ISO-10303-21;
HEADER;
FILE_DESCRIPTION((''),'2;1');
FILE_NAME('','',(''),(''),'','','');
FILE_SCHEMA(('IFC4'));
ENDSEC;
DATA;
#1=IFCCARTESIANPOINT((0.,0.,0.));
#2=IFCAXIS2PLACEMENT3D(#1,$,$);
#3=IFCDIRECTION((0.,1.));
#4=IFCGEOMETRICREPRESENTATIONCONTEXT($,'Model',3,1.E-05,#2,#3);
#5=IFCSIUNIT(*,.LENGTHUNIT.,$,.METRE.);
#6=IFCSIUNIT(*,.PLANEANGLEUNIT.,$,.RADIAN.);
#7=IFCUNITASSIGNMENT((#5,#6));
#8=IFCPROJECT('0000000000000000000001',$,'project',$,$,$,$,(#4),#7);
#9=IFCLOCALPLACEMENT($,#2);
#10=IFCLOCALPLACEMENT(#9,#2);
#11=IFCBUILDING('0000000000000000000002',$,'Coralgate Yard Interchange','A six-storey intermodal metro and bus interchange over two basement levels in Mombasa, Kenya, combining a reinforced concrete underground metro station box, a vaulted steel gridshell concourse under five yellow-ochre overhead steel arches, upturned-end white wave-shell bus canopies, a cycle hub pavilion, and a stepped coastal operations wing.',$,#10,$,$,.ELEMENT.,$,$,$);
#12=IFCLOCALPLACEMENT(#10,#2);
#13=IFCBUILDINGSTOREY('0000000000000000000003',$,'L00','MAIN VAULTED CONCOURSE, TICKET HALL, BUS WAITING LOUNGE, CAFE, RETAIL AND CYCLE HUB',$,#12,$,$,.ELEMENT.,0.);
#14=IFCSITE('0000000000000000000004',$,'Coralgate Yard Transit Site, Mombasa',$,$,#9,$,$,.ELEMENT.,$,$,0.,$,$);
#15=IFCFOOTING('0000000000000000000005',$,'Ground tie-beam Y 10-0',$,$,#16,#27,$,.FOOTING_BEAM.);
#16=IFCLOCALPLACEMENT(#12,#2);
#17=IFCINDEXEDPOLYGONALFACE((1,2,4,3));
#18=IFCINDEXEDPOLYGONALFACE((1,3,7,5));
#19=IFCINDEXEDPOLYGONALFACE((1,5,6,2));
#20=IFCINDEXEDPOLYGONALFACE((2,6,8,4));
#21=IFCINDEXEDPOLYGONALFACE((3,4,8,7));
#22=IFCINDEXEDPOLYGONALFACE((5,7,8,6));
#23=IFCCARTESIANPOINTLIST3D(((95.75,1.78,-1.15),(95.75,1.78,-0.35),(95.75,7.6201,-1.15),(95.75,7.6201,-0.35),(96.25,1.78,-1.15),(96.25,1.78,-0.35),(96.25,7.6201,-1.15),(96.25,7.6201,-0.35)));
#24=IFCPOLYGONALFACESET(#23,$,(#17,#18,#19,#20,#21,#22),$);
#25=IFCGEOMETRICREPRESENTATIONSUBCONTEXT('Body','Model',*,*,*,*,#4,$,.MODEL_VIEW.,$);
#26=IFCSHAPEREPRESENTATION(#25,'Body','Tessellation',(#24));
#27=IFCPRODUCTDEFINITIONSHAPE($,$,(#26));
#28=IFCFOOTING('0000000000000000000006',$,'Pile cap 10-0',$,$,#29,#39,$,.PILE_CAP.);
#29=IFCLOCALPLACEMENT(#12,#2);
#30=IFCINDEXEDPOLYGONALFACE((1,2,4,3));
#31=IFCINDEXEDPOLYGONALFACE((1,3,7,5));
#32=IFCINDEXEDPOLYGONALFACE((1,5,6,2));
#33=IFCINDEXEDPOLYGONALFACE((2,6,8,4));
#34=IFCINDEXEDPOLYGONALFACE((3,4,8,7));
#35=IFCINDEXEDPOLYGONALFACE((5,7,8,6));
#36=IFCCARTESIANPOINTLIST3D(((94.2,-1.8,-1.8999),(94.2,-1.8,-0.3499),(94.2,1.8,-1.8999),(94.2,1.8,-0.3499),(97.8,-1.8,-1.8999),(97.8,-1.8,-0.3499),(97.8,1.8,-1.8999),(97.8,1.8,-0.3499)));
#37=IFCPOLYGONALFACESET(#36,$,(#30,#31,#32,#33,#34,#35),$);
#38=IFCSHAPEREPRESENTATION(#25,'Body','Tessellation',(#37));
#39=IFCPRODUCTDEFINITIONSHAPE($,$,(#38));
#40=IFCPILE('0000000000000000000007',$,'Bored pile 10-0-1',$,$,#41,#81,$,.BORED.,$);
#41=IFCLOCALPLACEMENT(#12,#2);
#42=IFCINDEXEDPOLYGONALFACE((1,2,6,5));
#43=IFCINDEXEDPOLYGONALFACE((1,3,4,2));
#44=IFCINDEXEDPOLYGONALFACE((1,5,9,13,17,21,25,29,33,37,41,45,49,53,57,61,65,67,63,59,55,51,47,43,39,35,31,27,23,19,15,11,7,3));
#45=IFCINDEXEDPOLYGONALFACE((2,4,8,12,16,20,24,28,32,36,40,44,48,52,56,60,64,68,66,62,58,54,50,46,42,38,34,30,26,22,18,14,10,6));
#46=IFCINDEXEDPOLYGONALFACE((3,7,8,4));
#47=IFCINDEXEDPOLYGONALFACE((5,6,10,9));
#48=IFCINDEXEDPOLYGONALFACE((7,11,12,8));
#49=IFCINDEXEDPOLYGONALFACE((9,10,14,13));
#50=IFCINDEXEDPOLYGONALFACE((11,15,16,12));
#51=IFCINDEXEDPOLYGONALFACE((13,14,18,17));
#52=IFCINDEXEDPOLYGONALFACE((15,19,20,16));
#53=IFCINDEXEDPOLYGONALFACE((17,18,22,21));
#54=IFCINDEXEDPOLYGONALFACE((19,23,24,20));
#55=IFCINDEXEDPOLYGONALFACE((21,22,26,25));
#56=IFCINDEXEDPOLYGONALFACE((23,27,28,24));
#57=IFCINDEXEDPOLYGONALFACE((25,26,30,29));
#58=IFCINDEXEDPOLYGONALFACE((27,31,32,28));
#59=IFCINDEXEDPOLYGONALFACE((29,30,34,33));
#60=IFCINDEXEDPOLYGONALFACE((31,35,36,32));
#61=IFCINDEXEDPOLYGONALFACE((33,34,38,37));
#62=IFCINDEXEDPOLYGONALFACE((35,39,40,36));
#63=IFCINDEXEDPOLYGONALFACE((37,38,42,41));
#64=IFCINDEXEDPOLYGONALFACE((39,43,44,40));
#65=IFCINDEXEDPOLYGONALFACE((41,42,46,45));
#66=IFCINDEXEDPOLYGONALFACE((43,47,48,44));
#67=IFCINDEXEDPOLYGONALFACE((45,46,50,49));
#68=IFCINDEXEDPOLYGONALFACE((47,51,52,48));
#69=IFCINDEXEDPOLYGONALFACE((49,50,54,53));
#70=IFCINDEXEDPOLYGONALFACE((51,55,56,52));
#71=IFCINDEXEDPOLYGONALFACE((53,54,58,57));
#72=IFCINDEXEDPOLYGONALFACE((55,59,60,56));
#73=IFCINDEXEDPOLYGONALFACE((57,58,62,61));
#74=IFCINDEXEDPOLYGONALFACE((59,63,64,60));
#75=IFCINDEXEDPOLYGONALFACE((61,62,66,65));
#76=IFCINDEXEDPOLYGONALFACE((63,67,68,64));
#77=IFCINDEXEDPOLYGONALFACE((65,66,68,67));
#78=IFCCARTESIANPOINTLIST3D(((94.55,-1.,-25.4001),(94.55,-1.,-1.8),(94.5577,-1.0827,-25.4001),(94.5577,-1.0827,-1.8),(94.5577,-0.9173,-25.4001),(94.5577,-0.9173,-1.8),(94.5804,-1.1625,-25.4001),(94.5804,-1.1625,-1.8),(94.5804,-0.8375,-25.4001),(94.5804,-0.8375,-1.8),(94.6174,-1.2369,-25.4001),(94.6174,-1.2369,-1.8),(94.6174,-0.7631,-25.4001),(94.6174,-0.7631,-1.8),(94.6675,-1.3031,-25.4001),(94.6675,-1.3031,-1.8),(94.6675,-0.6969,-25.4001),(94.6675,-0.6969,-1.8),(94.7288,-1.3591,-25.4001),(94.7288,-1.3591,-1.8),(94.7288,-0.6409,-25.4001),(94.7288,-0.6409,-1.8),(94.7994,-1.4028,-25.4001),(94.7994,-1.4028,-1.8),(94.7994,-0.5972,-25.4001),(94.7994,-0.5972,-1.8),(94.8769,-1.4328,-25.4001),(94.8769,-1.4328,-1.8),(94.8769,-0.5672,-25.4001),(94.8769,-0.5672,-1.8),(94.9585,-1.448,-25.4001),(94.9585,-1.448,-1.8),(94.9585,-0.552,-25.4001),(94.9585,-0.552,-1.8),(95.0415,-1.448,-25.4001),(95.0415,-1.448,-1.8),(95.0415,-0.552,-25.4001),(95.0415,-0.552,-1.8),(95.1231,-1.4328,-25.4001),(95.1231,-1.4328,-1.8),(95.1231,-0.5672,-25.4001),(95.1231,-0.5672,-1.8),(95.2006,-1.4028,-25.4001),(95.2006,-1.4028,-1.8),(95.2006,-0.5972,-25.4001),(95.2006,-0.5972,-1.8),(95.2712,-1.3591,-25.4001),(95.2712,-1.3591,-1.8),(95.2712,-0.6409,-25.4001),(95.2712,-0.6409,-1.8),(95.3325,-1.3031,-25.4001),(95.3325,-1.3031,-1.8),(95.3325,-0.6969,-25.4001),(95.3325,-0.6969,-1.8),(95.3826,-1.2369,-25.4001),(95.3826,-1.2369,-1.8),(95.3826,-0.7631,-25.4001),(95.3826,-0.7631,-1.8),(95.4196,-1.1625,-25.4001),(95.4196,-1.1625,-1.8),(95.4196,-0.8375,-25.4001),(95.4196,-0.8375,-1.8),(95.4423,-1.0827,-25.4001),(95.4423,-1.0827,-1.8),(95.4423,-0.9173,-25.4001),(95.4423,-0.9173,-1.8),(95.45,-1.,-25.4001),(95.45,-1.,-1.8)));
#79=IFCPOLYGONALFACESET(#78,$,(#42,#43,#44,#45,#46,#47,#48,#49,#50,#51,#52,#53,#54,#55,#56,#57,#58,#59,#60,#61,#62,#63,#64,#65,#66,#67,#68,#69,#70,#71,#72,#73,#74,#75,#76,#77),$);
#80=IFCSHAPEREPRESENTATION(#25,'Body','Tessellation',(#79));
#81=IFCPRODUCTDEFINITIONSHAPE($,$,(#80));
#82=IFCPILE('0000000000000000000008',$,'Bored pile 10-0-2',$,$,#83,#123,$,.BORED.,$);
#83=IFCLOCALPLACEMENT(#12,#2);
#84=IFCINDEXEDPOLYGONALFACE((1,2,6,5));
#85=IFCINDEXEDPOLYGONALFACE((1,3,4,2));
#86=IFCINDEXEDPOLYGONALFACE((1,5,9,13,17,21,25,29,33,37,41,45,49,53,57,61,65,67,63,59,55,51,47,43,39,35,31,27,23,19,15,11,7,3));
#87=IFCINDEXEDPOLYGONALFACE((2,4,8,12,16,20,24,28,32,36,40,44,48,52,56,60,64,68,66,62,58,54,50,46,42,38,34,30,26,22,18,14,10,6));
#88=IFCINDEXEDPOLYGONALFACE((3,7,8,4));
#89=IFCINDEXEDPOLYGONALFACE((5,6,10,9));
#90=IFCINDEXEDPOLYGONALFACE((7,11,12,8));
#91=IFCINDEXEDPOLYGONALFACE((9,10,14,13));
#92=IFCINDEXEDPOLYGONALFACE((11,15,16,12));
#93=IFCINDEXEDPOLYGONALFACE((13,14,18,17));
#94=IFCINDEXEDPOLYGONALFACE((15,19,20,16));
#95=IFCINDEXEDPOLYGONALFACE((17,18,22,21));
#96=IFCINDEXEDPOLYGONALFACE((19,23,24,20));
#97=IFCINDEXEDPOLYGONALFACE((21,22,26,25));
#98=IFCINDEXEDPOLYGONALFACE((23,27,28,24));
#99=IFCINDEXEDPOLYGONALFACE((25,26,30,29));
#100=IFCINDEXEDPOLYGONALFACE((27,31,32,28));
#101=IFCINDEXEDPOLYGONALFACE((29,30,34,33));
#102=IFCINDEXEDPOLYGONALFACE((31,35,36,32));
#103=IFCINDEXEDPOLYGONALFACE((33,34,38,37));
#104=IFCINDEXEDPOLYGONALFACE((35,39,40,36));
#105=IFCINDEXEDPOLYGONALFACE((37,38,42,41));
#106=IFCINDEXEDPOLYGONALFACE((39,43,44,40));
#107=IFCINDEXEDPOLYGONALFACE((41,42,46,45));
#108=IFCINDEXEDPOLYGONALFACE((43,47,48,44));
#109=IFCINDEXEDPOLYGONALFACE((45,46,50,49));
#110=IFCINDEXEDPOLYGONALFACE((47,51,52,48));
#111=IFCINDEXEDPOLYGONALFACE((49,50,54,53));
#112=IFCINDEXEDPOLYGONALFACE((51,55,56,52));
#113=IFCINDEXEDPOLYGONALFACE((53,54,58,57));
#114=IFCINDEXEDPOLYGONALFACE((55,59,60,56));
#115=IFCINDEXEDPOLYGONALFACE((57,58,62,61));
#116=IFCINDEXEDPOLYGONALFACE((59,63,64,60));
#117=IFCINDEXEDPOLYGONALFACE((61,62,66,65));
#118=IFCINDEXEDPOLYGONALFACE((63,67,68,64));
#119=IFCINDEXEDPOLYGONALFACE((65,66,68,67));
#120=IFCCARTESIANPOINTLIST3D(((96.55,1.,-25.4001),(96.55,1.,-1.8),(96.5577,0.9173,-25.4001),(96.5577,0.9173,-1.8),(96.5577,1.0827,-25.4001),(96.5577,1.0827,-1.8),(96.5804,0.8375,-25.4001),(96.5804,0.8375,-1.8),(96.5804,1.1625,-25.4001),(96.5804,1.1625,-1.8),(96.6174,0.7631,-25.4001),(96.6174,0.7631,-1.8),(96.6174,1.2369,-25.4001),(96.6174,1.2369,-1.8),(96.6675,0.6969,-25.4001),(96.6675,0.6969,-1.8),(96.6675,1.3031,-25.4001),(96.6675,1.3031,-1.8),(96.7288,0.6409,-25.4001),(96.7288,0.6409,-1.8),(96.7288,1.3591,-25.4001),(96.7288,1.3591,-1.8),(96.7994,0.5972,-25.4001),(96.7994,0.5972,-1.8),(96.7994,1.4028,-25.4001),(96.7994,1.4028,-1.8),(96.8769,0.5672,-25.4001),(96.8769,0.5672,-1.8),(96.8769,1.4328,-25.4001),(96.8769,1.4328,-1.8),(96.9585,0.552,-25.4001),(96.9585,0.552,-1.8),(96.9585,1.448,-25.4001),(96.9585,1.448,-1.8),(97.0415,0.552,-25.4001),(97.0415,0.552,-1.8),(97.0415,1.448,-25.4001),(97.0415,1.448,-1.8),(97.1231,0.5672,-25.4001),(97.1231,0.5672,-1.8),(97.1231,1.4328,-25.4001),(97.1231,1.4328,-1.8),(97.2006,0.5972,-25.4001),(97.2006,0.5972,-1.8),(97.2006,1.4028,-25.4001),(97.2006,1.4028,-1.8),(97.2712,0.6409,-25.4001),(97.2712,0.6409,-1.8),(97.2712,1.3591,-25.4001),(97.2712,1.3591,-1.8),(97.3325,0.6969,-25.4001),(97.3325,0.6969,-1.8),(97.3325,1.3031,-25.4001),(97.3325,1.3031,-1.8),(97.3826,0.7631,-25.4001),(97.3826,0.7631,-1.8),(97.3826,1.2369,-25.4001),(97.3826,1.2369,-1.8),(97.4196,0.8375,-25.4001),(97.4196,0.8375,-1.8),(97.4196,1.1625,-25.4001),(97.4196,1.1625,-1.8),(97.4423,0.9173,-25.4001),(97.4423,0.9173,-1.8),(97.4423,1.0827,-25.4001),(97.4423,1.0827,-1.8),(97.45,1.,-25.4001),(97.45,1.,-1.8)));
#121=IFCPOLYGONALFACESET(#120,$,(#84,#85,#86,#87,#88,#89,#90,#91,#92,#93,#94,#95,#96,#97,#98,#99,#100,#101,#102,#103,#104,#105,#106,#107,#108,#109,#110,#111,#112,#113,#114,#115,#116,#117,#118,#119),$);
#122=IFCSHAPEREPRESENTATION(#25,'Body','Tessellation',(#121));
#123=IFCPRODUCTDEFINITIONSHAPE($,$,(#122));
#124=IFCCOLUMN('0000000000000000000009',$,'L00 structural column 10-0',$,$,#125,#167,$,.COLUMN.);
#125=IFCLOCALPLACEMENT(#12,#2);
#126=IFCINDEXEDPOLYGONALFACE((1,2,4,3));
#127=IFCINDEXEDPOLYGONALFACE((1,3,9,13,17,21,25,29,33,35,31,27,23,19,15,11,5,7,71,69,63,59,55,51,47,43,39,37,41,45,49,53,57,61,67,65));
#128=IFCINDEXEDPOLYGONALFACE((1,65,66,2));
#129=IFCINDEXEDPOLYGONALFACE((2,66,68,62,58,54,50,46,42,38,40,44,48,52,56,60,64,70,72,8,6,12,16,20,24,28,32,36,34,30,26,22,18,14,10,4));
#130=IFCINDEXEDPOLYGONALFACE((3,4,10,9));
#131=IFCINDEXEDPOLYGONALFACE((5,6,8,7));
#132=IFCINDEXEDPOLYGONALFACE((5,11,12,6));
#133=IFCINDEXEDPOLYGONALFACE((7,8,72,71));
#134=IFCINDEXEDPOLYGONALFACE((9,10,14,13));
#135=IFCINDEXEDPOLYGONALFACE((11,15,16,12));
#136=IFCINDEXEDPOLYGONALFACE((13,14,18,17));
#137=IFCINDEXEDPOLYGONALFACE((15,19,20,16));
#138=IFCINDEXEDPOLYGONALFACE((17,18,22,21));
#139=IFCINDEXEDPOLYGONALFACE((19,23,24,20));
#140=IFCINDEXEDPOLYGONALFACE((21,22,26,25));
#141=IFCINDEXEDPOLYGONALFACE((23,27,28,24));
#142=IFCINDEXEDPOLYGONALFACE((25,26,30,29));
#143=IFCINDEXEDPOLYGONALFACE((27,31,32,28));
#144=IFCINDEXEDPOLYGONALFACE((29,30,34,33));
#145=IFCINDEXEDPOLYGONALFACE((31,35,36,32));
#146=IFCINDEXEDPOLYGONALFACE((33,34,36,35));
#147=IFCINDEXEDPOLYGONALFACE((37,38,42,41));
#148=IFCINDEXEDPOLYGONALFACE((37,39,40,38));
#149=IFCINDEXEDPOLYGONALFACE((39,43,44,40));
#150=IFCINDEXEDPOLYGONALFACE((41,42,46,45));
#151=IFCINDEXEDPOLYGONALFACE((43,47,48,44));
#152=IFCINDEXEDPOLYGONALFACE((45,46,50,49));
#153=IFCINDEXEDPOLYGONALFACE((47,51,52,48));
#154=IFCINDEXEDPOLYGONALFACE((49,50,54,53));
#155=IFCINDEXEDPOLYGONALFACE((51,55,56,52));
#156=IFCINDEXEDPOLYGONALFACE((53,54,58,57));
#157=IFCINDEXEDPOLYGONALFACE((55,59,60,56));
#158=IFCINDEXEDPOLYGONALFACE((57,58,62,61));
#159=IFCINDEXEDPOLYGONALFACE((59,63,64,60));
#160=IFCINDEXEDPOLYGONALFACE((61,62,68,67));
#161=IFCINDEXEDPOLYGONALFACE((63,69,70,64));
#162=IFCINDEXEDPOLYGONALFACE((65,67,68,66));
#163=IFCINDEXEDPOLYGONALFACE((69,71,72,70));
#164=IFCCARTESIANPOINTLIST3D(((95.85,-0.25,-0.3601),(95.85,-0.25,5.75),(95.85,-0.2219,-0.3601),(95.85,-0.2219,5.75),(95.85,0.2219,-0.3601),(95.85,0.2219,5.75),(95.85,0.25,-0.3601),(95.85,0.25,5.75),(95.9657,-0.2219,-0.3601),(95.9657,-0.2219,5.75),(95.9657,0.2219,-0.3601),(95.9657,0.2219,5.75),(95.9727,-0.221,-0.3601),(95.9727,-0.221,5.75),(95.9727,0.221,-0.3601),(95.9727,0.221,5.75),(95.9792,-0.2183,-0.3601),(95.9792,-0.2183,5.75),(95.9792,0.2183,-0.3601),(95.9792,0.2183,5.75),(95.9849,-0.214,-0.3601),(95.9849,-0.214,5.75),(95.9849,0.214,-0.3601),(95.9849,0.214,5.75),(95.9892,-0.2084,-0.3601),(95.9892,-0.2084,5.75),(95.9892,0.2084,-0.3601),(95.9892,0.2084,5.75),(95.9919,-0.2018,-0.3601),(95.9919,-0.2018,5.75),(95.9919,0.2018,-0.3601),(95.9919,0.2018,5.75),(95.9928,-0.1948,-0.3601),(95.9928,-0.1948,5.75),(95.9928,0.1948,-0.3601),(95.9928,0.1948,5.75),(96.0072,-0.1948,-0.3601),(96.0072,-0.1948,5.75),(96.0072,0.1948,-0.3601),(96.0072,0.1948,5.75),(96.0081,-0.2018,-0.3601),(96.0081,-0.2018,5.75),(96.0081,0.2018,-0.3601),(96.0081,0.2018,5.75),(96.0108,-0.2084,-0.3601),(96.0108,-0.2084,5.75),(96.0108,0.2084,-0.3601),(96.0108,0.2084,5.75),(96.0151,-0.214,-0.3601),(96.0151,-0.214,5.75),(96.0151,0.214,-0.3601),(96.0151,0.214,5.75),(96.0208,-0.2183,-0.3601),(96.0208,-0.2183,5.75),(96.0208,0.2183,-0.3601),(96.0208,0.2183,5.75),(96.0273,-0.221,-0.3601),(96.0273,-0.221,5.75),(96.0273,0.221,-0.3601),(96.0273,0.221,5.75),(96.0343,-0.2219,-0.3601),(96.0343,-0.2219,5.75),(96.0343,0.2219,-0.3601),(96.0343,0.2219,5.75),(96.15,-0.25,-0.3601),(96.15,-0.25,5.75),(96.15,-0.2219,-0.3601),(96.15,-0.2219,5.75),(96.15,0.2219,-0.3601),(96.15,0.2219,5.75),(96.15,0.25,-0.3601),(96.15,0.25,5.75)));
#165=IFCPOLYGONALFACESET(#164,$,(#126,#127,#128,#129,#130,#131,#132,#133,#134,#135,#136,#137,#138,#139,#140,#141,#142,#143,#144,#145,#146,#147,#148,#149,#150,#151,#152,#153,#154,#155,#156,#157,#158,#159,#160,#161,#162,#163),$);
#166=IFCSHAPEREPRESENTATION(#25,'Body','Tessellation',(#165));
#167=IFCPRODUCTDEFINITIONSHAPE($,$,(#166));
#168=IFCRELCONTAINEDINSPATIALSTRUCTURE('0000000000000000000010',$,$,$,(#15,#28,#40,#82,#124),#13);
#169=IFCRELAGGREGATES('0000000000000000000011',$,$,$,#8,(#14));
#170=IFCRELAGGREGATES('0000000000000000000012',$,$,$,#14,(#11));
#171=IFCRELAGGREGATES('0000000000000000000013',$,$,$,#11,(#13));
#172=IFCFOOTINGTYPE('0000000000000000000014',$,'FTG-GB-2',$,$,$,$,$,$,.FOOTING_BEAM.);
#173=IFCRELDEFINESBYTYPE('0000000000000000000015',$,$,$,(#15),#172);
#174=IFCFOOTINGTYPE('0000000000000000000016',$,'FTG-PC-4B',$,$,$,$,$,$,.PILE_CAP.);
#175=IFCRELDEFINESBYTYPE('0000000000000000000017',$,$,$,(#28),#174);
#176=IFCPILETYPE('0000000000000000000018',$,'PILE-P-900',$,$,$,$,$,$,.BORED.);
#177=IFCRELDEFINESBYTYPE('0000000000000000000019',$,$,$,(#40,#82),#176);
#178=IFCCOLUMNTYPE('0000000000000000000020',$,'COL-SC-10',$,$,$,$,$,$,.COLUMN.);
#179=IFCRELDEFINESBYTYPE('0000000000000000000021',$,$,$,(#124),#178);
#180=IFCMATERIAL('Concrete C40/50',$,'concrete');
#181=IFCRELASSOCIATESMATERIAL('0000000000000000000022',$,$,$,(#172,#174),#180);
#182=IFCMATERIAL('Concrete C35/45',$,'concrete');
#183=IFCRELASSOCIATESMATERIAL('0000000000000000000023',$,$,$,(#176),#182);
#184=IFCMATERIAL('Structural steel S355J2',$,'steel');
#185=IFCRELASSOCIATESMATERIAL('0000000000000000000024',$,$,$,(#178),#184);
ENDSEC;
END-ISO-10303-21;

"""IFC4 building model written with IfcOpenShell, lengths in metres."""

from ifc_helpers import new_model, si_unit, direction, frame, origin, origin_2d, place, context, subcontext, project, spatial, rectangle, circle, i_section, extrude, material, material_profile, profile_set, type_object, element, save


model = new_model("IFC4")

# Units and contexts
model_context = context("Model", 3, precision=1e-05, world=origin(), true_north=direction((0.0, 1.0)))
body_context = subcontext(model_context, "Body", "Model", "MODEL_VIEW")
ifc_project = project(units=[si_unit("LENGTHUNIT", "METRE"), si_unit("PLANEANGLEUNIT", "RADIAN")], contexts=[model_context])

# Site, building, storey
site_placement = place(None, origin())
site = spatial("IfcSite", under=ifc_project, at=site_placement, Name="Coralgate Yard Transit Site, Mombasa", CompositionType="ELEMENT", RefElevation=0.0)
building_placement = place(site_placement, origin())
building = spatial("IfcBuilding", under=site, at=building_placement, Name="Coralgate Yard Interchange", Description="A six-storey intermodal metro and bus interchange over two basement levels in Mombasa, Kenya, combining a reinforced concrete underground metro station box, a vaulted steel gridshell concourse under five yellow-ochre overhead steel arches, upturned-end white wave-shell bus canopies, a cycle hub pavilion, and a stepped coastal operations wing.", CompositionType="ELEMENT")
storey_placement = place(building_placement, origin())
storey = spatial("IfcBuildingStorey", under=building, at=storey_placement, Name="L00", Description="MAIN VAULTED CONCOURSE, TICKET HALL, BUS WAITING LOUNGE, CAFE, RETAIL AND CYCLE HUB", CompositionType="ELEMENT", Elevation=0.0)

# Footings
ifc_material_1 = material(Name="Concrete C40/50", Category="concrete")
ifc_material_profile_1 = material_profile(ifc_material_1, rectangle(XDim=0.5, YDim=0.8, at=origin_2d()), Name="RC 500x800")
ifc_profile_set_1 = profile_set([ifc_material_profile_1], Name="Concrete C40/50")
footing_type_1 = type_object("IfcFootingType", Name="FTG-GB-2", PredefinedType="FOOTING_BEAM", material=ifc_profile_set_1)
footing_1_placement = place(storey_placement, frame((96.0, 1.78, -0.75), z_axis=(0.0, 1.0, 0.0), x_axis=(-1.0, 0.0, 0.0)))
element("IfcFooting", 1, at=footing_1_placement, inside=storey, type_object=footing_type_1, Name="Ground tie-beam Y 10-0", PredefinedType="FOOTING_BEAM", context=body_context, shape_type="SweptSolid", body=[
    extrude(rectangle(XDim=0.5, YDim=0.8, at=origin_2d()), origin(), (0.0, 0.0, 1.0), 5.8401),
])
footing_type_2 = type_object("IfcFootingType", Name="FTG-PC-4B", PredefinedType="PILE_CAP", material=ifc_material_1)
footing_2_placement = place(storey_placement, frame((96.0, 0.0, -1.8999), z_axis=(0.0, 0.0, 1.0), x_axis=(1.0, 0.0, 0.0)))
element("IfcFooting", 2, at=footing_2_placement, inside=storey, type_object=footing_type_2, Name="Pile cap 10-0", PredefinedType="PILE_CAP", context=body_context, shape_type="SweptSolid", body=[
    extrude(rectangle(XDim=3.6001, YDim=3.6001, at=origin_2d()), origin(), (0.0, 0.0, 1.0), 1.55),
])

# Piles
ifc_material_2 = material(Name="Concrete C35/45", Category="concrete")
ifc_material_profile_2 = material_profile(ifc_material_2, circle(Radius=0.45, at=origin_2d()), Name="BORED PILE D900")
ifc_profile_set_2 = profile_set([ifc_material_profile_2], Name="Concrete C35/45")
pile_type = type_object("IfcPileType", Name="PILE-P-900", PredefinedType="BORED", material=ifc_profile_set_2)
for number, where, z_axis, x_axis, name in (
    (3, (95.0, -1.0, -1.8), (0.0, 0.0, -1.0), (1.0, 0.0, 0.0), "Bored pile 10-0-1"),
    (4, (97.0, 1.0, -1.8), (0.0, 0.0, -1.0), (1.0, 0.0, 0.0), "Bored pile 10-0-2"),
):
    element("IfcPile", number, at=place(storey_placement, frame(where, z_axis=z_axis, x_axis=x_axis)), inside=storey, type_object=pile_type, Name=name, PredefinedType="BORED", context=body_context, shape_type="SweptSolid", body=[
        extrude(circle(Radius=0.45, at=origin_2d()), origin(), (0.0, 0.0, 1.0), 23.6001),
    ])

# Column
ifc_material_3 = material(Name="Structural steel S355J2", Category="steel")
ifc_material_profile_3 = material_profile(ifc_material_3, i_section(OverallWidth=0.3, OverallDepth=0.5, WebThickness=0.0144, FlangeThickness=0.0281, FilletRadius=0.0271, at=origin_2d()), Name="HEB 500")
ifc_profile_set_3 = profile_set([ifc_material_profile_3], Name="Structural steel S355J2")
column_type = type_object("IfcColumnType", Name="COL-SC-10", PredefinedType="COLUMN", material=ifc_profile_set_3)
column_placement = place(storey_placement, frame((96.0, 0.0, -0.3601), z_axis=(0.0, 0.0, 1.0), x_axis=(1.0, 0.0, 0.0)))
element("IfcColumn", 5, at=column_placement, inside=storey, type_object=column_type, Name="L00 structural column 10-0", PredefinedType="COLUMN", context=body_context, shape_type="SweptSolid", body=[
    extrude(i_section(OverallWidth=0.3, OverallDepth=0.5, WebThickness=0.0144, FlangeThickness=0.0281, FilletRadius=0.0271, at=origin_2d()), origin(), (0.0, 0.0, 1.0), 6.1101),
])

save(model, "model.ifc")
